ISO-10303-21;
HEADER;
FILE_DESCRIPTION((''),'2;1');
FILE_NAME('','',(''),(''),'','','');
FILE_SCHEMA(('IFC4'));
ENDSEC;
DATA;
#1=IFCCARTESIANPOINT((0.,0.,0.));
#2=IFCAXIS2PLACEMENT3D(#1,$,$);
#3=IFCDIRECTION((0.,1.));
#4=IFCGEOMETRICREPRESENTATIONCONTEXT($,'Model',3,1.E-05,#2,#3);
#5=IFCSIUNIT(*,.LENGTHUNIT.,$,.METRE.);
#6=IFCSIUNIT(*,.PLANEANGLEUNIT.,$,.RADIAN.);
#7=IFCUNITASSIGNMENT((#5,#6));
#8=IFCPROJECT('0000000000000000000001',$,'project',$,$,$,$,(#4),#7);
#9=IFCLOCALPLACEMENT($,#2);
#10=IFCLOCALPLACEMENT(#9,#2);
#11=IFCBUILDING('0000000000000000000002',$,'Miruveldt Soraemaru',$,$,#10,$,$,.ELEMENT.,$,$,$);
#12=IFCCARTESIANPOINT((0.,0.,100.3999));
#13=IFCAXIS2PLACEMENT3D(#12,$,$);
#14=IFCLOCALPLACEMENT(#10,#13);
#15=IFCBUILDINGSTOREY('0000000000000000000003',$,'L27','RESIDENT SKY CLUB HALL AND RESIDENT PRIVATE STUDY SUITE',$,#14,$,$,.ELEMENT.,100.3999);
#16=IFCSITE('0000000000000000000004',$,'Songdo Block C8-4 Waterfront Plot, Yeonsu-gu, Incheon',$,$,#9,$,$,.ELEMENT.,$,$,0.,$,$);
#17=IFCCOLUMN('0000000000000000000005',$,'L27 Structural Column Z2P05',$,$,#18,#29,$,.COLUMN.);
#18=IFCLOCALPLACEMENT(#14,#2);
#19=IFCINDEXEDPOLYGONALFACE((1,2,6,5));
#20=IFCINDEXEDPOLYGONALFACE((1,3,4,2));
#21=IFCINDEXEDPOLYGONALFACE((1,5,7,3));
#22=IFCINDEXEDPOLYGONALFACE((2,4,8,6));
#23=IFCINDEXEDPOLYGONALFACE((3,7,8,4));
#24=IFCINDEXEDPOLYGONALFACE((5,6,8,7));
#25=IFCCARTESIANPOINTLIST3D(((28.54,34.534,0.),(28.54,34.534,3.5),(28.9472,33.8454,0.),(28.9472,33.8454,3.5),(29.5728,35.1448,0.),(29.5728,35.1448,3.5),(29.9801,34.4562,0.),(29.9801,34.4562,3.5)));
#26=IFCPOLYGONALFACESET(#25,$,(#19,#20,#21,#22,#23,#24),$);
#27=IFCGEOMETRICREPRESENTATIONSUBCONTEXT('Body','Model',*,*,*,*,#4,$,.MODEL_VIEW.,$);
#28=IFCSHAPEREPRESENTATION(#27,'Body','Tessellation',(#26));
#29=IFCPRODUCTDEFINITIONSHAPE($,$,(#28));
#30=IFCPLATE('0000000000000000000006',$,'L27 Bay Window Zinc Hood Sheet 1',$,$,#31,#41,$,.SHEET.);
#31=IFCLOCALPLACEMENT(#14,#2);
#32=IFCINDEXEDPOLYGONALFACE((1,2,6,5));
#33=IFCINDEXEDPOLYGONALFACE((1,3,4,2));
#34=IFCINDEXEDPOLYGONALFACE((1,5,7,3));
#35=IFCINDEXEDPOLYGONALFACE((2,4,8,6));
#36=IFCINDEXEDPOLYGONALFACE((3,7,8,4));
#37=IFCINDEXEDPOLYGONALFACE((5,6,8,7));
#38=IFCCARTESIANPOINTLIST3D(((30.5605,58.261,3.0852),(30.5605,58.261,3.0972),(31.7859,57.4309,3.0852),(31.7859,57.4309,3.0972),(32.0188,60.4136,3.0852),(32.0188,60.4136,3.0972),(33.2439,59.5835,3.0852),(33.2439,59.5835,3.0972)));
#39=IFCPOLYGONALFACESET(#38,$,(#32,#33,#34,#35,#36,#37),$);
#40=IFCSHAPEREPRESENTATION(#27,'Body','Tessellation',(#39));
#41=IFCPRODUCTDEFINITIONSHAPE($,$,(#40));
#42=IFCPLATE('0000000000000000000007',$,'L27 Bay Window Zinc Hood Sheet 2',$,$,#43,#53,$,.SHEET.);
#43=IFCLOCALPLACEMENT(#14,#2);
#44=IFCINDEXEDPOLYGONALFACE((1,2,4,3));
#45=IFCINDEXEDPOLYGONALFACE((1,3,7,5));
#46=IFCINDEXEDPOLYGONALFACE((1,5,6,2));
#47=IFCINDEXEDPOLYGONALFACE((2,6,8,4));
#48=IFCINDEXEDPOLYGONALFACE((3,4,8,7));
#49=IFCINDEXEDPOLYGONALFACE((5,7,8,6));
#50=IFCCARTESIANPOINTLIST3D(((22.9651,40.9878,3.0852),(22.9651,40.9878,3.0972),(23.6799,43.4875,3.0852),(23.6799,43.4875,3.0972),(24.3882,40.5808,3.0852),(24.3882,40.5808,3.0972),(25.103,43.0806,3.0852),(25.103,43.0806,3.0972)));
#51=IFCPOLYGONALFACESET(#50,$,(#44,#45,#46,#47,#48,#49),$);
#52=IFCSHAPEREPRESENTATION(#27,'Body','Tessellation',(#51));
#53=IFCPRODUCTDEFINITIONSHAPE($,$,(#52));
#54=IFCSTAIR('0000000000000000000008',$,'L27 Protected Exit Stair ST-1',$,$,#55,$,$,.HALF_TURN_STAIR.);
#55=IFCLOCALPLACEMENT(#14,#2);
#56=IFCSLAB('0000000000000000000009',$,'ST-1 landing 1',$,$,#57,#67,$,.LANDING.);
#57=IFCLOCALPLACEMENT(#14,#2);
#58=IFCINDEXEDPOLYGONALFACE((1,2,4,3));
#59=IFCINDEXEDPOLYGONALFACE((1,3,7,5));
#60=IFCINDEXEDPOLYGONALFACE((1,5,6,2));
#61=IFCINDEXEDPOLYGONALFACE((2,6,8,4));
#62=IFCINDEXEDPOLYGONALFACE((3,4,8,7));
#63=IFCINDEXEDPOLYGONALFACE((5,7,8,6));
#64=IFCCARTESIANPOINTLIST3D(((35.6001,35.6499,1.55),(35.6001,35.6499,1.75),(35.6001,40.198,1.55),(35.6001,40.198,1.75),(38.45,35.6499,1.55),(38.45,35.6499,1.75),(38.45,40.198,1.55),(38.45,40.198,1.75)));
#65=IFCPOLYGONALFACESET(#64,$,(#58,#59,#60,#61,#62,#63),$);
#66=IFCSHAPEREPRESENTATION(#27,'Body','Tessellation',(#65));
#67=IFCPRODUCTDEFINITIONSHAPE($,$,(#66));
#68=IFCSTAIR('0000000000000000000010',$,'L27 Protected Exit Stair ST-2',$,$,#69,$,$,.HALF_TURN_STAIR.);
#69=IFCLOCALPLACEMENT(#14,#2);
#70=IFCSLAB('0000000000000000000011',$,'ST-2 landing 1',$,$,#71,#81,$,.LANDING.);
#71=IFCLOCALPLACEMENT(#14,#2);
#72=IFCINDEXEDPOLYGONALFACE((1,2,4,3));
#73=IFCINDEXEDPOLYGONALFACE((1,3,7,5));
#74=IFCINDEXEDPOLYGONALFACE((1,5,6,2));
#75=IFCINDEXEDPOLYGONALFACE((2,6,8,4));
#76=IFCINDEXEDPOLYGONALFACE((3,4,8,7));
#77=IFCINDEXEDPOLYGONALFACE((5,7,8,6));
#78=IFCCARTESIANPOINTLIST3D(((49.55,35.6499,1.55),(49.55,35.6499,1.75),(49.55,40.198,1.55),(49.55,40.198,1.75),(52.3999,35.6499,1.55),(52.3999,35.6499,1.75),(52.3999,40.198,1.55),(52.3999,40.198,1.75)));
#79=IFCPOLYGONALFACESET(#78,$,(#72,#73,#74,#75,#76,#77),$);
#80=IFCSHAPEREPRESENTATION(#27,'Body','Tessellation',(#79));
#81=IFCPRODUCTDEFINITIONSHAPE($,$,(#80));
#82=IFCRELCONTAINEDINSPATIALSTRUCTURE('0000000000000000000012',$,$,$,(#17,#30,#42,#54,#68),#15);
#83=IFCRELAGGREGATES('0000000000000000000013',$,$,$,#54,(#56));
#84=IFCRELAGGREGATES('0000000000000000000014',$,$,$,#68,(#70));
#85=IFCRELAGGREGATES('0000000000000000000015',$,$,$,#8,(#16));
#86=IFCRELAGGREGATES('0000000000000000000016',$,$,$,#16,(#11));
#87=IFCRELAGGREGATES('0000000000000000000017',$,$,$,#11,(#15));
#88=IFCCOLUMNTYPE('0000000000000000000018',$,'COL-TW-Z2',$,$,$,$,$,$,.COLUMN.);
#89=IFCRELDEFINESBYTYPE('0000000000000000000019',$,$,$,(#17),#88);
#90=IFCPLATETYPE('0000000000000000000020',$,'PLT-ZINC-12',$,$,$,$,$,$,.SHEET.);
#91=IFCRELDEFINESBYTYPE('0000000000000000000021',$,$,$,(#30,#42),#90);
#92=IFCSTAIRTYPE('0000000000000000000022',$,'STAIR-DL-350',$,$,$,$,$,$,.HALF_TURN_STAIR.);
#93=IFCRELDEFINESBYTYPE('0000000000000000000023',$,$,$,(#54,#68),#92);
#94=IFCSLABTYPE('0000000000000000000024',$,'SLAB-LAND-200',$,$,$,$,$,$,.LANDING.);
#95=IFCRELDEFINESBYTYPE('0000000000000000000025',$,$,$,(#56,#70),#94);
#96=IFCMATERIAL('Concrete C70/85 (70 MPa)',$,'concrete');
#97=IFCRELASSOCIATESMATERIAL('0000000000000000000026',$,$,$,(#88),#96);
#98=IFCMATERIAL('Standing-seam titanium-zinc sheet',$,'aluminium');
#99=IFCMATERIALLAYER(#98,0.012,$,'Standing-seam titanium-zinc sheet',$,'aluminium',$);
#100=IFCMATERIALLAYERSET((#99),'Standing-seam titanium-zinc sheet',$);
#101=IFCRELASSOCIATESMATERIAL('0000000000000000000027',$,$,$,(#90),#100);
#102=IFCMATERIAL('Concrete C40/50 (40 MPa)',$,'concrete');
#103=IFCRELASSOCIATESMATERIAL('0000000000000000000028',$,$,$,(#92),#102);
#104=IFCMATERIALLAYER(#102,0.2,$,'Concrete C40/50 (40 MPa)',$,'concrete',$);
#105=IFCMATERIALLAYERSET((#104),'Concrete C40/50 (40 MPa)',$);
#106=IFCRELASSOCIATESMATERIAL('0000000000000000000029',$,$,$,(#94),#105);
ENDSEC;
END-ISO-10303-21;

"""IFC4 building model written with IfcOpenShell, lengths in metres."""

from ifc_helpers import new_model, si_unit, direction, frame, origin, origin_2d, place, context, subcontext, project, spatial, polyline, rectangle, outline, extrude, material, layer, layer_set, material_profile, profile_set, type_object, element, aggregate, save


model = new_model("IFC4")

# Units and contexts
model_context = context("Model", 3, precision=1e-05, world=origin(), true_north=direction((0.0, 1.0)))
body_context = subcontext(model_context, "Body", "Model", "MODEL_VIEW")
ifc_project = project(units=[si_unit("LENGTHUNIT", "METRE"), si_unit("PLANEANGLEUNIT", "RADIAN")], contexts=[model_context])

# Site, building, storey
site_placement = place(None, origin())
site = spatial("IfcSite", under=ifc_project, at=site_placement, Name="Songdo Block C8-4 Waterfront Plot, Yeonsu-gu, Incheon", CompositionType="ELEMENT", RefElevation=0.0)
building_placement = place(site_placement, origin())
building = spatial("IfcBuilding", under=site, at=building_placement, Name="Miruveldt Soraemaru", CompositionType="ELEMENT")
storey_placement = place(building_placement, frame((0.0, 0.0, 100.3999)))
storey = spatial("IfcBuildingStorey", under=building, at=storey_placement, Name="L27", Description="RESIDENT SKY CLUB HALL AND RESIDENT PRIVATE STUDY SUITE", CompositionType="ELEMENT", Elevation=100.3999)

# Column
ifc_material_1 = material(Name="Concrete C70/85 (70 MPa)", Category="concrete")
ifc_material_profile = material_profile(ifc_material_1, rectangle(XDim=1.2, YDim=0.8, at=origin_2d()), Name="Concrete C70/85 (70 MPa)", Category="concrete")
ifc_profile_set = profile_set([ifc_material_profile], Name="Concrete C70/85 (70 MPa)")
column_type = type_object("IfcColumnType", Name="COL-TW-Z2", PredefinedType="COLUMN", material=ifc_profile_set)
column_placement = place(storey_placement, frame((29.26, 34.4951, 0.0), z_axis=(0.0, 0.0, 1.0), x_axis=(0.860742, 0.509041, 0.0)))
element("IfcColumn", 1, at=column_placement, inside=storey, type_object=column_type, Name="L27 Structural Column Z2P05", PredefinedType="COLUMN", context=body_context, shape_type="SweptSolid", body=[
    extrude(rectangle(XDim=1.2, YDim=0.8, at=origin_2d()), origin(), (0.0, 0.0, 1.0), 3.5),
])

# Plates
ifc_material_2 = material(Name="Standing-seam titanium-zinc sheet", Category="aluminium")
ifc_layer_1 = layer(ifc_material_2, 0.012, Name="Standing-seam titanium-zinc sheet", Category="aluminium")
ifc_layer_set_1 = layer_set([ifc_layer_1], Name="Standing-seam titanium-zinc sheet")
plate_type = type_object("IfcPlateType", Name="PLT-ZINC-12", PredefinedType="SHEET", material=ifc_layer_set_1)
plate_1_placement = place(storey_placement, frame((0.0, 0.0, 3.0852)))
element("IfcPlate", 2, at=plate_1_placement, inside=storey, type_object=plate_type, Name="L27 Bay Window Zinc Hood Sheet 1", PredefinedType="SHEET", context=body_context, shape_type="SweptSolid", body=[
    extrude(outline(polyline([(33.2439, 59.5835), (31.7859, 57.4309), (30.5605, 58.261), (32.0188, 60.4136), (33.2439, 59.5835)])), origin(), (0.0, 0.0, 1.0), 0.012),
])
plate_2_placement = place(storey_placement, frame((0.0, 0.0, 3.0852)))
element("IfcPlate", 3, at=plate_2_placement, inside=storey, type_object=plate_type, Name="L27 Bay Window Zinc Hood Sheet 2", PredefinedType="SHEET", context=body_context, shape_type="SweptSolid", body=[
    extrude(outline(polyline([(25.103, 43.0806), (24.3882, 40.5808), (22.9651, 40.9878), (23.6799, 43.4875), (25.103, 43.0806)])), origin(), (0.0, 0.0, 1.0), 0.012),
])

# Stairs, slabs
ifc_material_3 = material(Name="Concrete C40/50 (40 MPa)", Category="concrete")
stair_type = type_object("IfcStairType", Name="STAIR-DL-350", PredefinedType="HALF_TURN_STAIR", material=ifc_material_3)
stair_1_placement = place(storey_placement, origin())
stair_1 = element("IfcStair", 4, at=stair_1_placement, inside=storey, type_object=stair_type, Name="L27 Protected Exit Stair ST-1", PredefinedType="HALF_TURN_STAIR")
ifc_layer_2 = layer(ifc_material_3, 0.2, Name="Concrete C40/50 (40 MPa)", Category="concrete")
ifc_layer_set_2 = layer_set([ifc_layer_2], Name="Concrete C40/50 (40 MPa)")
slab_type_1 = type_object("IfcSlabType", Name="SLAB-LAND-200", PredefinedType="LANDING", material=ifc_layer_set_2)
slab_1_placement = place(storey_placement, frame((0.0, 0.0, 1.55)))
slab_1 = element("IfcSlab", 5, at=slab_1_placement, type_object=slab_type_1, Name="ST-1 landing 1", PredefinedType="LANDING", context=body_context, shape_type="SweptSolid", body=[
    extrude(outline(polyline([(35.6001, 40.198), (35.6001, 35.6499), (38.45, 35.6499), (38.45, 40.198), (35.6001, 40.198)])), origin(), (0.0, 0.0, 1.0), 0.2),
])
aggregate(stair_1, [slab_1])
stair_2_placement = place(storey_placement, origin())
stair_2 = element("IfcStair", 6, at=stair_2_placement, inside=storey, type_object=stair_type, Name="L27 Protected Exit Stair ST-2", PredefinedType="HALF_TURN_STAIR")
slab_2_placement = place(storey_placement, frame((0.0, 0.0, 1.55)))
slab_2 = element("IfcSlab", 7, at=slab_2_placement, type_object=slab_type_1, Name="ST-2 landing 1", PredefinedType="LANDING", context=body_context, shape_type="SweptSolid", body=[
    extrude(outline(polyline([(49.55, 40.198), (49.55, 35.6499), (52.3999, 35.6499), (52.3999, 40.198), (49.55, 40.198)])), origin(), (0.0, 0.0, 1.0), 0.2),
])
aggregate(stair_2, [slab_2])

save(model, "model.ifc")
